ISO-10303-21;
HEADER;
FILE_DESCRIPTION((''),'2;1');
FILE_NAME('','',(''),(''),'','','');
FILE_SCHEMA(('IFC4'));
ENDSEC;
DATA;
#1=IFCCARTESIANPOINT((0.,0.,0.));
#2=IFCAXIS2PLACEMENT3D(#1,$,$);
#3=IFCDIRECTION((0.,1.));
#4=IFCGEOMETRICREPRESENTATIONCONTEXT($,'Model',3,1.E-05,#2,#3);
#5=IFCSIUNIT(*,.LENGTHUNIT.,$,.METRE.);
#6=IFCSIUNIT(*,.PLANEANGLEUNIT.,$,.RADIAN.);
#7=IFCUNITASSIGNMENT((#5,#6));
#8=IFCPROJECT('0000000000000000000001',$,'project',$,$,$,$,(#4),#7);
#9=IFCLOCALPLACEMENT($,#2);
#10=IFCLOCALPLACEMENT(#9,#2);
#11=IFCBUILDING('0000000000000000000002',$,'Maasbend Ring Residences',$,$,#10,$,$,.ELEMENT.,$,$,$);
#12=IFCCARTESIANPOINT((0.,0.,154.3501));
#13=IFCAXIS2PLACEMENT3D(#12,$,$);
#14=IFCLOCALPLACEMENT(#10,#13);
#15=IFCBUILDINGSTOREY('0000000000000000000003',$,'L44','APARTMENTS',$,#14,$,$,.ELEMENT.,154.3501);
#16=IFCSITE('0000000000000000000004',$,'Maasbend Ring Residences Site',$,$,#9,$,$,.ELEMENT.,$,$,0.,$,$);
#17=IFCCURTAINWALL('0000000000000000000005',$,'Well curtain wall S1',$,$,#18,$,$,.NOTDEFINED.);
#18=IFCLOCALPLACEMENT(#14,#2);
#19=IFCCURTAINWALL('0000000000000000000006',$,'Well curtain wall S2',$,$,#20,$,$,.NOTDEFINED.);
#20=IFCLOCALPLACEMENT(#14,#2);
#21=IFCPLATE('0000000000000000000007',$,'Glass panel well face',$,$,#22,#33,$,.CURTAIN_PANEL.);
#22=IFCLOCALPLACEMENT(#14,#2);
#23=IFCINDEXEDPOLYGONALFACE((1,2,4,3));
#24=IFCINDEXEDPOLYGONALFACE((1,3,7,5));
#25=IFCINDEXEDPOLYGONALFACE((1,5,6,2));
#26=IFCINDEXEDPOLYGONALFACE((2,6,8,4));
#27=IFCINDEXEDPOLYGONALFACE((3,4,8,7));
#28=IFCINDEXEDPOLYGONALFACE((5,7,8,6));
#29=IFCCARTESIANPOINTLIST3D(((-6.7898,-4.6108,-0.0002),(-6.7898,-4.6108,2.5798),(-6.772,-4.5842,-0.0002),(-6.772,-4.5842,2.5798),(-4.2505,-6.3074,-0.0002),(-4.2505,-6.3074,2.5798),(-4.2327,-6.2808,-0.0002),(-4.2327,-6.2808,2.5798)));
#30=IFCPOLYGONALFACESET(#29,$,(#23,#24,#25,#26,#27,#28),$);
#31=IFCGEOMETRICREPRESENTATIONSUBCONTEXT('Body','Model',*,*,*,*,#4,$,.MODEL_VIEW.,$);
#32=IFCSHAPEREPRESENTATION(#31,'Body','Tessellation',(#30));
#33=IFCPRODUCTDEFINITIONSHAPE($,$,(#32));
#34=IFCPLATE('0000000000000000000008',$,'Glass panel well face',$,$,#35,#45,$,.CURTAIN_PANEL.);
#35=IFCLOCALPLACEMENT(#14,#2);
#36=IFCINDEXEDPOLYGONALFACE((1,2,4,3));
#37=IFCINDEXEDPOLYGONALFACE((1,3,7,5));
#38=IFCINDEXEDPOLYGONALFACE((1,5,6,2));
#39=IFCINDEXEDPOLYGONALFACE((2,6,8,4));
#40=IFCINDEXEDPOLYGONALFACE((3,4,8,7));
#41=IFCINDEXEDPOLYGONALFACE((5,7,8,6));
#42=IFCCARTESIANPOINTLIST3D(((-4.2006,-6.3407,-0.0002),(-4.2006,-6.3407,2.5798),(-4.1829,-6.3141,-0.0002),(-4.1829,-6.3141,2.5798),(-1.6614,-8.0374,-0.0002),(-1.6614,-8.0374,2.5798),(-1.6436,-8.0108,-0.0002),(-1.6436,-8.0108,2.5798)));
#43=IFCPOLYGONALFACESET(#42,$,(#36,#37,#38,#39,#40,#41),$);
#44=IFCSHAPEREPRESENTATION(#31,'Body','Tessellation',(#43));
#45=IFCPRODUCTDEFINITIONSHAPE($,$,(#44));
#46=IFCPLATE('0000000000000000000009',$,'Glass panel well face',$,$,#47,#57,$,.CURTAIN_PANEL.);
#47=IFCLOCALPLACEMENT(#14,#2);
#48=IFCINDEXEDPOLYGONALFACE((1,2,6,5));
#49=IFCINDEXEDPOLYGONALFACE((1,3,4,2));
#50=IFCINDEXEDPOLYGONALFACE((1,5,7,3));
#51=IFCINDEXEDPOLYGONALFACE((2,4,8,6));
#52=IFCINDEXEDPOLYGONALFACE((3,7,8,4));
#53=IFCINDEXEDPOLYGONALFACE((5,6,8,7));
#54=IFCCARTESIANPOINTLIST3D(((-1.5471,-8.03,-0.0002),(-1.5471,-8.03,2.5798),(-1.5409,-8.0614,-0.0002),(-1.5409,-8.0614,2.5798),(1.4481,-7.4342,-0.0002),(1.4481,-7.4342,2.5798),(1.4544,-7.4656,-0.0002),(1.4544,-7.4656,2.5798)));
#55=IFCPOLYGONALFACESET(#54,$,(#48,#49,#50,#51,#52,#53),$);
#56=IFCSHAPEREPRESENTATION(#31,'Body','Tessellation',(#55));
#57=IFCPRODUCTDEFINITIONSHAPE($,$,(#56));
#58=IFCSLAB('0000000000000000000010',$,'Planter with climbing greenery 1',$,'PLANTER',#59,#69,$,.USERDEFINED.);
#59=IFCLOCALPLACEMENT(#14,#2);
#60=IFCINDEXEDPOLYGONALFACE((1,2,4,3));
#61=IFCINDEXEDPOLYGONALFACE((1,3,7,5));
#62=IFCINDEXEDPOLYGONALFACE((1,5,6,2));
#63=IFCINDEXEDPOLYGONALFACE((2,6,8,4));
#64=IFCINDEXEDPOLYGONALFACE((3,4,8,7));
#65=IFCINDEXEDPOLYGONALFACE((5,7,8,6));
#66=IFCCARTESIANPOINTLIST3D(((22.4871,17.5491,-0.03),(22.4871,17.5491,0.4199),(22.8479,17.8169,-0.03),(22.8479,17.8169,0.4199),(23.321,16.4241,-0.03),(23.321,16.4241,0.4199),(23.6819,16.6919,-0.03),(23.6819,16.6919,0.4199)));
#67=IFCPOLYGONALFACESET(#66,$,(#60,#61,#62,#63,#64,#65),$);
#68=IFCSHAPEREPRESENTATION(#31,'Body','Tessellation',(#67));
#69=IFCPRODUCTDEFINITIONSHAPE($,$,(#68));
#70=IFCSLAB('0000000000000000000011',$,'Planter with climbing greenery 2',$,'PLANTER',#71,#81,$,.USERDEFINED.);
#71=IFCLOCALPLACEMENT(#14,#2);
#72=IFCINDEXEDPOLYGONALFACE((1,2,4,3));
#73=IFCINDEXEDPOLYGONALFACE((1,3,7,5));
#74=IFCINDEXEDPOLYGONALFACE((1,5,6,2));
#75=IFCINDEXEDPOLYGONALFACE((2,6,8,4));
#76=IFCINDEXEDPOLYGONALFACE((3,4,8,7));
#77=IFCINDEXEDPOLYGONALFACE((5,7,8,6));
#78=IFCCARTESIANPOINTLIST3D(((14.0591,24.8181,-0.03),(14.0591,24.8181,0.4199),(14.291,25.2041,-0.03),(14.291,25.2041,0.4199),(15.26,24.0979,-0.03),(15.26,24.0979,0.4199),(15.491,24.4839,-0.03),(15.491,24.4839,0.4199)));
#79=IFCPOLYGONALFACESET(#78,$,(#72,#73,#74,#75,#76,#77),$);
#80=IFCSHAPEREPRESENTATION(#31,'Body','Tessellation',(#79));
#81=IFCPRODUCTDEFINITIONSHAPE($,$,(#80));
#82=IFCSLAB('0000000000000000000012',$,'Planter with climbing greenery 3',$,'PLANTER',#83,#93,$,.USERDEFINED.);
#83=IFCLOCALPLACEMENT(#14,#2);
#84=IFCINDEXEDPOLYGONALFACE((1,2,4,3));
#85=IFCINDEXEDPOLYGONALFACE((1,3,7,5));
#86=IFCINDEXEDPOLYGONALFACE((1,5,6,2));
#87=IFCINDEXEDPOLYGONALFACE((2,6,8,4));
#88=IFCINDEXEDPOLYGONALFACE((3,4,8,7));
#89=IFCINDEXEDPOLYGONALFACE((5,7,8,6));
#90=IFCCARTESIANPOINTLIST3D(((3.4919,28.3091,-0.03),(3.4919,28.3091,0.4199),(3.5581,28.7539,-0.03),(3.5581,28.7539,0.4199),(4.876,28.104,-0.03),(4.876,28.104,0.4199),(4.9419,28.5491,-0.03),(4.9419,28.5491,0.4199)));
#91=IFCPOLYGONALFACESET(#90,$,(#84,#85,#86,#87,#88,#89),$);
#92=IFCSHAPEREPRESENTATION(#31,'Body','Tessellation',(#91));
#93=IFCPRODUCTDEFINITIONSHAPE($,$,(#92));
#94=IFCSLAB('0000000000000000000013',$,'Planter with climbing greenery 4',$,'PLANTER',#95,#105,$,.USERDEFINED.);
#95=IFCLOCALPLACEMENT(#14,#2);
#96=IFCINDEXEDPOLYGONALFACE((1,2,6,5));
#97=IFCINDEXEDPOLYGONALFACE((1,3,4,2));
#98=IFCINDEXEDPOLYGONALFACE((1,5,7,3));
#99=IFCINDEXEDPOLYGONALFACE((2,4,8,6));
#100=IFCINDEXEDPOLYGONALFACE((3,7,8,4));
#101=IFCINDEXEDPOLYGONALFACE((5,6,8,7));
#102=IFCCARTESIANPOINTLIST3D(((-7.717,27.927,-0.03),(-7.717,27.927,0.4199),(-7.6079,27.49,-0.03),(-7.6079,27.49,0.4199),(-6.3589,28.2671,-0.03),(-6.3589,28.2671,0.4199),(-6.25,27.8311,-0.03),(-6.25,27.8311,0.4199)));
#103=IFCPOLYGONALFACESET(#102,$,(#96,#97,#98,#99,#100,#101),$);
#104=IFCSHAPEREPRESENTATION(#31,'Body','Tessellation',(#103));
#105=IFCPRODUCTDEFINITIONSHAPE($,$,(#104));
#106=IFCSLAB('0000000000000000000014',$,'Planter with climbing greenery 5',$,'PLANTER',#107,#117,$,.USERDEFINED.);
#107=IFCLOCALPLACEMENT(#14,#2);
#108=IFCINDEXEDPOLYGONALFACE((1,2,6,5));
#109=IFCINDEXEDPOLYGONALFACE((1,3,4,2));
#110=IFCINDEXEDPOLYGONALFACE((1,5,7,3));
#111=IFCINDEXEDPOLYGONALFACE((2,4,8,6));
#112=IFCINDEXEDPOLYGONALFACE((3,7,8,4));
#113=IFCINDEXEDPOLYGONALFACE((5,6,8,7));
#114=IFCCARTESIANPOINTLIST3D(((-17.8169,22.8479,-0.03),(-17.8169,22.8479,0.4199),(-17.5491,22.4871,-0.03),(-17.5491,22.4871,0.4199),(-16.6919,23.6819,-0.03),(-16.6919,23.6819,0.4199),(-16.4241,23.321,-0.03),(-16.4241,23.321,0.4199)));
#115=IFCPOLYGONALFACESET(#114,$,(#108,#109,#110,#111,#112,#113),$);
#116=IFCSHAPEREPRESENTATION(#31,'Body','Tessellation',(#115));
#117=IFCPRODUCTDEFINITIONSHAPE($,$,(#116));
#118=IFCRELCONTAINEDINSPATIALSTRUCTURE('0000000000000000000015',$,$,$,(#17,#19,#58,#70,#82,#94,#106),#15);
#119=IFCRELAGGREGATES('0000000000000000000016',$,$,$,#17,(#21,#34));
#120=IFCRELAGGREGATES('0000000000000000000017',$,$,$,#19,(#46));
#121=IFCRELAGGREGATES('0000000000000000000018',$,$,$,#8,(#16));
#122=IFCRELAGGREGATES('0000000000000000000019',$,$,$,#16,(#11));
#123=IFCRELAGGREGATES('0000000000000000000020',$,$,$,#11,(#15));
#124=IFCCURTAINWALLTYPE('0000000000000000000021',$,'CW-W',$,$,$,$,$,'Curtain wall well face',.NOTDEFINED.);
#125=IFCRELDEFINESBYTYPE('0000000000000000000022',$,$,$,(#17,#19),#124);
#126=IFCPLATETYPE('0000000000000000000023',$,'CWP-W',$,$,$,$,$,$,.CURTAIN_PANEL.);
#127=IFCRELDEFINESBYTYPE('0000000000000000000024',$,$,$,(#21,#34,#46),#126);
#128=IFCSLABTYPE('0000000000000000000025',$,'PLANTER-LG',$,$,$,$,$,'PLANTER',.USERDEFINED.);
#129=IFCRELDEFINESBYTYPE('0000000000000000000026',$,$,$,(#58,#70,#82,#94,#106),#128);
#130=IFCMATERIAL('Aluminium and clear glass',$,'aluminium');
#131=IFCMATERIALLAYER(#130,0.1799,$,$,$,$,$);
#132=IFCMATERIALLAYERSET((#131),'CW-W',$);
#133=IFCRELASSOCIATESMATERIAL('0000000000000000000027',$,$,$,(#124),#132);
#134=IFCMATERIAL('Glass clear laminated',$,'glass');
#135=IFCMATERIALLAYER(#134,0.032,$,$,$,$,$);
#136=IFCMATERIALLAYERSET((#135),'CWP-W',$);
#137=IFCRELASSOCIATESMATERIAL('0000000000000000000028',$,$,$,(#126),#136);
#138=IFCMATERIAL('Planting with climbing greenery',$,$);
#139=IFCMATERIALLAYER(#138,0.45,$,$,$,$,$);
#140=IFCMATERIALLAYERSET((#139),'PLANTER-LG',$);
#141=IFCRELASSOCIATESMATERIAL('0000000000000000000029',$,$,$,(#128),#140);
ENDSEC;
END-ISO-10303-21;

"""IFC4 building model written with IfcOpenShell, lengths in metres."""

from ifc_helpers import new_model, si_unit, direction, frame, origin, origin_2d, place, context, subcontext, project, spatial, polyline, rectangle, outline, extrude, material, layer, layer_set, type_object, element, aggregate, save


model = new_model("IFC4")

# Units and contexts
model_context = context("Model", 3, precision=1e-05, world=origin(), true_north=direction((0.0, 1.0)))
body_context = subcontext(model_context, "Body", "Model", "MODEL_VIEW")
ifc_project = project(units=[si_unit("LENGTHUNIT", "METRE"), si_unit("PLANEANGLEUNIT", "RADIAN")], contexts=[model_context])

# Site, building, storey
site_placement = place(None, origin())
site = spatial("IfcSite", under=ifc_project, at=site_placement, Name="Maasbend Ring Residences Site", CompositionType="ELEMENT", RefElevation=0.0)
building_placement = place(site_placement, origin())
building = spatial("IfcBuilding", under=site, at=building_placement, Name="Maasbend Ring Residences", CompositionType="ELEMENT")
storey_placement = place(building_placement, frame((0.0, 0.0, 154.3501)))
storey = spatial("IfcBuildingStorey", under=building, at=storey_placement, Name="L44", Description="APARTMENTS", CompositionType="ELEMENT", Elevation=154.3501)

# Curtain wall
ifc_material_1 = material(Name="Aluminium and clear glass", Category="aluminium")
ifc_layer_1 = layer(ifc_material_1, 0.1799)
ifc_layer_set_1 = layer_set([ifc_layer_1], Name="CW-W")
curtain_wall_type = type_object("IfcCurtainWallType", Name="CW-W", ElementType="Curtain wall well face", PredefinedType="NOTDEFINED", material=ifc_layer_set_1)
curtain_wall_1_placement = place(storey_placement, origin())
curtain_wall_1 = element("IfcCurtainWall", 1, at=curtain_wall_1_placement, inside=storey, type_object=curtain_wall_type, Name="Well curtain wall S1", PredefinedType="NOTDEFINED")

# Curtain wall
curtain_wall_2_placement = place(storey_placement, origin())
curtain_wall_2 = element("IfcCurtainWall", 2, at=curtain_wall_2_placement, inside=storey, type_object=curtain_wall_type, Name="Well curtain wall S2", PredefinedType="NOTDEFINED")

# Plates
ifc_material_2 = material(Name="Glass clear laminated", Category="glass")
ifc_layer_2 = layer(ifc_material_2, 0.032)
ifc_layer_set_2 = layer_set([ifc_layer_2], Name="CWP-W")
plate_type = type_object("IfcPlateType", Name="CWP-W", PredefinedType="CURTAIN_PANEL", material=ifc_layer_set_2)
plate_1_placement = place(storey_placement, frame((-5.5112, -5.4458, -0.0002), z_axis=(0.0, 0.0, 1.0), x_axis=(0.83147, -0.55557, 0.0)))
plate_1 = element("IfcPlate", 3, at=plate_1_placement, type_object=plate_type, Name="Glass panel well face", PredefinedType="CURTAIN_PANEL", context=body_context, shape_type="SweptSolid", body=[
    extrude(rectangle(XDim=3.054, YDim=0.032, at=origin_2d()), origin(), (0.0, 0.0, 1.0), 2.5801),
])
plate_2_placement = place(storey_placement, frame((-2.9221, -7.1758, -0.0002), z_axis=(0.0, 0.0, 1.0), x_axis=(0.83147, -0.55557, 0.0)))
plate_2 = element("IfcPlate", 4, at=plate_2_placement, type_object=plate_type, Name="Glass panel well face", PredefinedType="CURTAIN_PANEL", context=body_context, shape_type="SweptSolid", body=[
    extrude(rectangle(XDim=3.054, YDim=0.032, at=origin_2d()), origin(), (0.0, 0.0, 1.0), 2.5801),
])
aggregate(curtain_wall_1, [plate_1, plate_2])
plate_3_placement = place(storey_placement, frame((-0.0464, -7.7478, -0.0002), z_axis=(0.0, 0.0, 1.0), x_axis=(0.980785, 0.19509, 0.0)))
plate_3 = element("IfcPlate", 5, at=plate_3_placement, type_object=plate_type, Name="Glass panel well face", PredefinedType="CURTAIN_PANEL", context=body_context, shape_type="SweptSolid", body=[
    extrude(rectangle(XDim=3.054, YDim=0.032, at=origin_2d()), origin(), (0.0, 0.0, 1.0), 2.5801),
])
aggregate(curtain_wall_2, [plate_3])

# Slabs
ifc_material_3 = material(Name="Planting with climbing greenery")
ifc_layer_3 = layer(ifc_material_3, 0.45)
ifc_layer_set_3 = layer_set([ifc_layer_3], Name="PLANTER-LG")
slab_type_1 = type_object("IfcSlabType", Name="PLANTER-LG", ElementType="PLANTER", PredefinedType="USERDEFINED", material=ifc_layer_set_3)
slab_1_placement = place(storey_placement, frame((0.0, 0.0, -0.03)))
element("IfcSlab", 6, at=slab_1_placement, inside=storey, type_object=slab_type_1, Name="Planter with climbing greenery 1", ObjectType="PLANTER", PredefinedType="USERDEFINED", context=body_context, shape_type="SweptSolid", body=[
    extrude(outline(polyline([(23.6819, 16.6919), (22.8479, 17.8169), (22.4871, 17.5491), (23.321, 16.4241), (23.6819, 16.6919)])), origin(), (0.0, 0.0, 1.0), 0.45),
])
slab_2_placement = place(storey_placement, frame((0.0, 0.0, -0.03)))
element("IfcSlab", 7, at=slab_2_placement, inside=storey, type_object=slab_type_1, Name="Planter with climbing greenery 2", ObjectType="PLANTER", PredefinedType="USERDEFINED", context=body_context, shape_type="SweptSolid", body=[
    extrude(outline(polyline([(15.491, 24.4839), (14.291, 25.2041), (14.0591, 24.8181), (15.26, 24.0979), (15.491, 24.4839)])), origin(), (0.0, 0.0, 1.0), 0.45),
])
slab_3_placement = place(storey_placement, frame((0.0, 0.0, -0.03)))
element("IfcSlab", 8, at=slab_3_placement, inside=storey, type_object=slab_type_1, Name="Planter with climbing greenery 3", ObjectType="PLANTER", PredefinedType="USERDEFINED", context=body_context, shape_type="SweptSolid", body=[
    extrude(outline(polyline([(4.9419, 28.5491), (3.5581, 28.7539), (3.4919, 28.3091), (4.876, 28.104), (4.9419, 28.5491)])), origin(), (0.0, 0.0, 1.0), 0.45),
])
slab_4_placement = place(storey_placement, frame((0.0, 0.0, -0.03)))
element("IfcSlab", 9, at=slab_4_placement, inside=storey, type_object=slab_type_1, Name="Planter with climbing greenery 4", ObjectType="PLANTER", PredefinedType="USERDEFINED", context=body_context, shape_type="SweptSolid", body=[
    extrude(outline(polyline([(-6.3589, 28.2671), (-7.717, 27.927), (-7.6079, 27.49), (-6.25, 27.8311), (-6.3589, 28.2671)])), origin(), (0.0, 0.0, 1.0), 0.45),
])
slab_5_placement = place(storey_placement, frame((0.0, 0.0, -0.03)))
element("IfcSlab", 10, at=slab_5_placement, inside=storey, type_object=slab_type_1, Name="Planter with climbing greenery 5", ObjectType="PLANTER", PredefinedType="USERDEFINED", context=body_context, shape_type="SweptSolid", body=[
    extrude(outline(polyline([(-16.6919, 23.6819), (-17.8169, 22.8479), (-17.5491, 22.4871), (-16.4241, 23.321), (-16.6919, 23.6819)])), origin(), (0.0, 0.0, 1.0), 0.45),
])

save(model, "model.ifc")
